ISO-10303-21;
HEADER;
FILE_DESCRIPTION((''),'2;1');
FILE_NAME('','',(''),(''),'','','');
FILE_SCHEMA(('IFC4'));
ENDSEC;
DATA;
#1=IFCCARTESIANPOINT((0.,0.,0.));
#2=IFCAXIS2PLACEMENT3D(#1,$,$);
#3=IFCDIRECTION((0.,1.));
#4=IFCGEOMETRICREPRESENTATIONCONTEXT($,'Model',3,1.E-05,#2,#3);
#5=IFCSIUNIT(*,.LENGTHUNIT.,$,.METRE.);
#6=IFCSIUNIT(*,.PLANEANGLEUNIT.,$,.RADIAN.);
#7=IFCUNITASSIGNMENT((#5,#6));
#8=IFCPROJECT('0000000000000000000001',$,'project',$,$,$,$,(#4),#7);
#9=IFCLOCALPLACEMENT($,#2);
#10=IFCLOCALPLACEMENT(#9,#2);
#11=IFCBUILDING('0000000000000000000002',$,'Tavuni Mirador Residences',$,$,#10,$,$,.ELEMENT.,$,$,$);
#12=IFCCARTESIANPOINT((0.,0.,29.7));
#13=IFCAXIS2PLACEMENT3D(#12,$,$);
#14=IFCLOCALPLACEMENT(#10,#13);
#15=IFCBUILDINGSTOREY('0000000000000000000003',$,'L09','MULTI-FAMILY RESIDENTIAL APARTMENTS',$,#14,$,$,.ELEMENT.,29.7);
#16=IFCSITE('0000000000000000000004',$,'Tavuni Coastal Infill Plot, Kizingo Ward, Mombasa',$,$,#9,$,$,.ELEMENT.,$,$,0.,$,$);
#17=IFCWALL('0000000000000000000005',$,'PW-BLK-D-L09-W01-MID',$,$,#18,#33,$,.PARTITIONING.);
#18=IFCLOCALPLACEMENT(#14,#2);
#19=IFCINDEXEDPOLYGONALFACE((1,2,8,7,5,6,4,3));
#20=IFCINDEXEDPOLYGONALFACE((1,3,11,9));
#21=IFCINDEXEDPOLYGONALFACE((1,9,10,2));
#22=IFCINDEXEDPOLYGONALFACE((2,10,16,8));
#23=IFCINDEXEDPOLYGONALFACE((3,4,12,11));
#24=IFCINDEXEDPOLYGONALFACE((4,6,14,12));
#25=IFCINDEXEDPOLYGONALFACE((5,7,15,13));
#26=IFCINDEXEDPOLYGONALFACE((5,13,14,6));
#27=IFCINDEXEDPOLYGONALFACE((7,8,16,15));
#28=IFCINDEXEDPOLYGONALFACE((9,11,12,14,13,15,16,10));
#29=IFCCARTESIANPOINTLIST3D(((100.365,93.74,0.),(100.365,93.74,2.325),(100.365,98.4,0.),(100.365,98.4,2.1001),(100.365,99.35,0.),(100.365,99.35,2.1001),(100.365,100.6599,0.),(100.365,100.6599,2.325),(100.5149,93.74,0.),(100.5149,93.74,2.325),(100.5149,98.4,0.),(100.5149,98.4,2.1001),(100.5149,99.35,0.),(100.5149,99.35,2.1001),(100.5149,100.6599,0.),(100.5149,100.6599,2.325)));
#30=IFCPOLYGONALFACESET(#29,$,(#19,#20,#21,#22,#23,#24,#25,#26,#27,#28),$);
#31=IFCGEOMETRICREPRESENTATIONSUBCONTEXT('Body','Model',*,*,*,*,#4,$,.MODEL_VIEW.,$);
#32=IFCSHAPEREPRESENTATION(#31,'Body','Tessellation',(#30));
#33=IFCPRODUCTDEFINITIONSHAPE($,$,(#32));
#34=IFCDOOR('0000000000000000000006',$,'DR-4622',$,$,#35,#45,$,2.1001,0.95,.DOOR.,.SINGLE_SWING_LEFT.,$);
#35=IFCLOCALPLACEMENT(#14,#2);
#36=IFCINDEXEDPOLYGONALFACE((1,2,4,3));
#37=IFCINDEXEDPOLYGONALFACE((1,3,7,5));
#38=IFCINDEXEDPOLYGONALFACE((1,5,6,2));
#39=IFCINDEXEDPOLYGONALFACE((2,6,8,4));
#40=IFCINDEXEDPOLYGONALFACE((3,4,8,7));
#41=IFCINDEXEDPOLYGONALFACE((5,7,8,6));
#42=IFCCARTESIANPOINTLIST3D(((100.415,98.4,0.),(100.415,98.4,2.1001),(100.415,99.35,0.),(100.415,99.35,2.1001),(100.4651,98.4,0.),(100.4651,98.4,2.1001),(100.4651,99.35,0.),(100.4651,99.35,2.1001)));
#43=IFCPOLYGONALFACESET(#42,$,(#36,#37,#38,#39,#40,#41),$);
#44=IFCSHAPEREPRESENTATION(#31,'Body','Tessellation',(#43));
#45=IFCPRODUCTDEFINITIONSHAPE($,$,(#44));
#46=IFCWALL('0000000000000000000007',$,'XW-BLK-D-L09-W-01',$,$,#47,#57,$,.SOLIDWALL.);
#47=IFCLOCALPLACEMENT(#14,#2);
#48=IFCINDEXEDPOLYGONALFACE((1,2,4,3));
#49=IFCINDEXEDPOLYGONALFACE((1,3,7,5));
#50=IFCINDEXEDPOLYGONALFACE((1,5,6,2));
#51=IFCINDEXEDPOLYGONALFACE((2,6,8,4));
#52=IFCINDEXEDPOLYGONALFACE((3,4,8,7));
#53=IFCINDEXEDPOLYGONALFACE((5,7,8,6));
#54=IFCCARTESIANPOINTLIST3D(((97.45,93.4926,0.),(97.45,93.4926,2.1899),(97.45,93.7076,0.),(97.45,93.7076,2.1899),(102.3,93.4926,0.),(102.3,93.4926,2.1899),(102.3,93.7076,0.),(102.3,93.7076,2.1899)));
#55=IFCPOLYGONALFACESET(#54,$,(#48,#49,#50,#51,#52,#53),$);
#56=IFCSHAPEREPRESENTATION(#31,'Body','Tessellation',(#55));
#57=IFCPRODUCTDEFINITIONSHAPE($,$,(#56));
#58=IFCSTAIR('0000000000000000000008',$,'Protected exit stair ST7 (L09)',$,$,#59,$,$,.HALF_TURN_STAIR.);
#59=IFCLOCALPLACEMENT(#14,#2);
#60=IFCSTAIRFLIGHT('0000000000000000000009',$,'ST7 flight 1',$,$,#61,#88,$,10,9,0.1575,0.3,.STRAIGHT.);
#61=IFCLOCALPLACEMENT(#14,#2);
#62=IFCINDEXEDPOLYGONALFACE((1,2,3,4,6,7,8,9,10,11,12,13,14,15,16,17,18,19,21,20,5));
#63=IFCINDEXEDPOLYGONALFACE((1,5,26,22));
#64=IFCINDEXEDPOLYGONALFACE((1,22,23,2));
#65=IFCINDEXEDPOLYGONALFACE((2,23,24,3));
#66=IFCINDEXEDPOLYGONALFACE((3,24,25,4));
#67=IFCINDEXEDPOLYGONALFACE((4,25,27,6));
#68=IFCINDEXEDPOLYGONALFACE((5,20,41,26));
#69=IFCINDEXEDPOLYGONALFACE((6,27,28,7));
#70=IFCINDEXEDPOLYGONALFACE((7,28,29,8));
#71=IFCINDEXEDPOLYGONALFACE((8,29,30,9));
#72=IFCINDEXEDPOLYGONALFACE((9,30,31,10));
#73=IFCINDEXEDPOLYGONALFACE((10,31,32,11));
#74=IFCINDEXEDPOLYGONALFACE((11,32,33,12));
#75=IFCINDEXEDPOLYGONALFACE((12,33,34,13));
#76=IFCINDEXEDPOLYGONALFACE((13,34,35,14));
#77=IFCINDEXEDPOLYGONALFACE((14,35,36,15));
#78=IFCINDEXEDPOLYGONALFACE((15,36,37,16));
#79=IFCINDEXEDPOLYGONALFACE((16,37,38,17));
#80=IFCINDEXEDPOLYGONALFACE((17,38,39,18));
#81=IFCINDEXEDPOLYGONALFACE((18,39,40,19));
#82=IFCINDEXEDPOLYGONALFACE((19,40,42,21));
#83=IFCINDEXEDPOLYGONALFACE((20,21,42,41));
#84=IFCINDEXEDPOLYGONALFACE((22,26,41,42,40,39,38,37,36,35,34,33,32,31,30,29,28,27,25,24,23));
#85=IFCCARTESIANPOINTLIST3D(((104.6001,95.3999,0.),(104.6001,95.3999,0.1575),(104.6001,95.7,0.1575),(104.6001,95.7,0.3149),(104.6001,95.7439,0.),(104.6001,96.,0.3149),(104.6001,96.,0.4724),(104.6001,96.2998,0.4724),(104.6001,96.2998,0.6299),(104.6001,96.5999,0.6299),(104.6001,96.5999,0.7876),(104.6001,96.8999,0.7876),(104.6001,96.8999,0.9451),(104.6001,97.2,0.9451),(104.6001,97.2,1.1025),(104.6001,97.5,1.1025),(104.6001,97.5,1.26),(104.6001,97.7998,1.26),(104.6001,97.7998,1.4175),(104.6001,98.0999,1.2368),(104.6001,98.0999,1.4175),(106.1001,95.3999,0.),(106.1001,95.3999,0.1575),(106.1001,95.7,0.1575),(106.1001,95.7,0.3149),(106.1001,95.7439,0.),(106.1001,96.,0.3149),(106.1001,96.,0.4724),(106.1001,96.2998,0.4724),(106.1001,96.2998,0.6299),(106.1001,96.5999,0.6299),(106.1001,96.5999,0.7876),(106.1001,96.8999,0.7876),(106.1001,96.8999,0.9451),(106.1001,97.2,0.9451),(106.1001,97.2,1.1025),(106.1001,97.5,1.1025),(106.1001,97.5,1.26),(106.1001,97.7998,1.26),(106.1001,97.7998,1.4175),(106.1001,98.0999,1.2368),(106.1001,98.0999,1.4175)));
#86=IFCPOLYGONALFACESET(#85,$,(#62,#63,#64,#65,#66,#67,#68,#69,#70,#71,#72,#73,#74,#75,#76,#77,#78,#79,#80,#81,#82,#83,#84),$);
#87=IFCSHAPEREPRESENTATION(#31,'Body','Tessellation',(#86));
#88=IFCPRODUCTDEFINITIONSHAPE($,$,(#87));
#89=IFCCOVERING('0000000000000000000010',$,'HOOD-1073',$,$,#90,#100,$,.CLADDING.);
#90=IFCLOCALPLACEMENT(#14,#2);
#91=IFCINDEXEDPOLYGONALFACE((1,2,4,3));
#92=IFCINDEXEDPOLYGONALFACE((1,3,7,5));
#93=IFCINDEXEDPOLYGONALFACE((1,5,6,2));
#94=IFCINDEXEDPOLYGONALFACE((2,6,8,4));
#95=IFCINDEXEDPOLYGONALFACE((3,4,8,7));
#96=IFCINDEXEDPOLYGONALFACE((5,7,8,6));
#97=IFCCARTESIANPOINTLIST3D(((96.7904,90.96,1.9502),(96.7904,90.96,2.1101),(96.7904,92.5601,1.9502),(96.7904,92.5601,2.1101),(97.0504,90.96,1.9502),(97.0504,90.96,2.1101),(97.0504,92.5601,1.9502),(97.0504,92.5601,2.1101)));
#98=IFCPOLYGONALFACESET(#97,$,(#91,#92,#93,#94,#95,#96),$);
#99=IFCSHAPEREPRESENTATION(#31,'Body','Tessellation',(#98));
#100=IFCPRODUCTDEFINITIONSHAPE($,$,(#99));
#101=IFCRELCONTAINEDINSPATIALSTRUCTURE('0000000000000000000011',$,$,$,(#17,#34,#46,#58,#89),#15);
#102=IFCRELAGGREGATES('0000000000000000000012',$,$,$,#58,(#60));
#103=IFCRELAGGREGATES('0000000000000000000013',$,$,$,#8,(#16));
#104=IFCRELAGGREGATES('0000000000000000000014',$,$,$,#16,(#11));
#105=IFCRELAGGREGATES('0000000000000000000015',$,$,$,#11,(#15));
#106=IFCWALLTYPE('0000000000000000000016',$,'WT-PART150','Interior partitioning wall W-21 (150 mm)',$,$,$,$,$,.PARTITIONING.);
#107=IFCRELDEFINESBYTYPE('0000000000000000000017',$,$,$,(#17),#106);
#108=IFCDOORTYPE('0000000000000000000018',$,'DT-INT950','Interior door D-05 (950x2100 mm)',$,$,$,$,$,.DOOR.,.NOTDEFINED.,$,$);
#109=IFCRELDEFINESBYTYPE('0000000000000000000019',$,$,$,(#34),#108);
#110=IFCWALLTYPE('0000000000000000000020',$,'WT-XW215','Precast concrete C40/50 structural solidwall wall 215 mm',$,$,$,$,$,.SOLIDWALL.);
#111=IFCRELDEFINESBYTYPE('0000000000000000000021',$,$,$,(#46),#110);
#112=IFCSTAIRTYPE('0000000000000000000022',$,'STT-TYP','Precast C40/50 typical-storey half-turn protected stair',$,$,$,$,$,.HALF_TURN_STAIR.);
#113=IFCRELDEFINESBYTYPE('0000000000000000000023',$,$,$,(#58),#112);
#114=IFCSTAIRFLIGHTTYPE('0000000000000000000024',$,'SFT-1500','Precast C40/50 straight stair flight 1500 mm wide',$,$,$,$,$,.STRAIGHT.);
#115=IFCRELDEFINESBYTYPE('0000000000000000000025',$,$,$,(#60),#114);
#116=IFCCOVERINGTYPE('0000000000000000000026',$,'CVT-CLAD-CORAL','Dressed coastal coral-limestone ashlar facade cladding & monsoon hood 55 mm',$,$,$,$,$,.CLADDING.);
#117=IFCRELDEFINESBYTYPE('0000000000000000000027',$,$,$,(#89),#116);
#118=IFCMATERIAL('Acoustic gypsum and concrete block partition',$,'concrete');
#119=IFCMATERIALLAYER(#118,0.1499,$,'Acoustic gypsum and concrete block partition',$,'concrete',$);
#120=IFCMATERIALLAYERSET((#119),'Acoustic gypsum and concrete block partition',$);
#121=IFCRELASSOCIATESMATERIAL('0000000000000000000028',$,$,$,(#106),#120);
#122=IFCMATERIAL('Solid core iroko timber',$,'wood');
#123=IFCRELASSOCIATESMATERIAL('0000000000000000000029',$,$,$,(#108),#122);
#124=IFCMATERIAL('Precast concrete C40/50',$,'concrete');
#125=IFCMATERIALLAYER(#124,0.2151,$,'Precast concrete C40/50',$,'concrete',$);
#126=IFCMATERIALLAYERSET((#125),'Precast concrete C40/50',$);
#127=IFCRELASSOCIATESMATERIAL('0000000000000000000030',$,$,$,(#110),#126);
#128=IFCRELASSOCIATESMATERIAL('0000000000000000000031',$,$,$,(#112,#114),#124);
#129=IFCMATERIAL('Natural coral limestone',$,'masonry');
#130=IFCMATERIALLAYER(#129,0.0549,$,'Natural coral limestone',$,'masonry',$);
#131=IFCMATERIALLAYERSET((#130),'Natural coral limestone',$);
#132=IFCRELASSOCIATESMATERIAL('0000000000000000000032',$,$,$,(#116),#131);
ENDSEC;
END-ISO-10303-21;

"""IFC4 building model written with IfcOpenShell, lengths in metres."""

from ifc_helpers import new_model, si_unit, direction, frame, frame_2d, origin, origin_2d, place, context, subcontext, project, spatial, polyline, rectangle, outline, extrude, material, layer, layer_set, type_object, element, fill, aggregate, save


model = new_model("IFC4")

# Units and contexts
model_context = context("Model", 3, precision=1e-05, world=origin(), true_north=direction((0.0, 1.0)))
body_context = subcontext(model_context, "Body", "Model", "MODEL_VIEW")
ifc_project = project(units=[si_unit("LENGTHUNIT", "METRE"), si_unit("PLANEANGLEUNIT", "RADIAN")], contexts=[model_context])

# Site, building, storey
site_placement = place(None, origin())
site = spatial("IfcSite", under=ifc_project, at=site_placement, Name="Tavuni Coastal Infill Plot, Kizingo Ward, Mombasa", CompositionType="ELEMENT", RefElevation=0.0)
building_placement = place(site_placement, origin())
building = spatial("IfcBuilding", under=site, at=building_placement, Name="Tavuni Mirador Residences", CompositionType="ELEMENT")
storey_placement = place(building_placement, frame((0.0, 0.0, 29.7)))
storey = spatial("IfcBuildingStorey", under=building, at=storey_placement, Name="L09", Description="MULTI-FAMILY RESIDENTIAL APARTMENTS", CompositionType="ELEMENT", Elevation=29.7)

# Shared definitions
ifc_material_1 = material(Name="Precast concrete C40/50", Category="concrete")

# Shared definitions
ifc_material_2 = material(Name="Solid core iroko timber", Category="wood")

# Wall, opening, door
ifc_material_3 = material(Name="Acoustic gypsum and concrete block partition", Category="concrete")
ifc_layer_1 = layer(ifc_material_3, 0.1499, Name="Acoustic gypsum and concrete block partition", Category="concrete")
ifc_layer_set_1 = layer_set([ifc_layer_1], Name="Acoustic gypsum and concrete block partition")
wall_type_1 = type_object("IfcWallType", Name="WT-PART150", Description="Interior partitioning wall W-21 (150 mm)", PredefinedType="PARTITIONING", material=ifc_layer_set_1)
wall_1_placement = place(storey_placement, frame((100.4399, 93.74, 0.0), z_axis=(0.0, 0.0, 1.0), x_axis=(0.0, 1.0, 0.0)))
wall_1 = element("IfcWall", 1, at=wall_1_placement, inside=storey, type_object=wall_type_1, Name="PW-BLK-D-L09-W01-MID", PredefinedType="PARTITIONING", context=body_context, shape_type="SweptSolid", body=[
    extrude(rectangle(XDim=6.9199, YDim=0.1499, at=frame_2d((3.46, 0.0))), origin(), (0.0, 0.0, 1.0), 2.325),
])
opening_1_placement = place(wall_1_placement, frame((4.6599, 0.0, 0.0)))
opening_1 = element("IfcOpeningElement", 2, at=opening_1_placement, cuts=wall_1, PredefinedType="OPENING", context=body_context, shape_type="SweptSolid", body=[
    extrude(rectangle(XDim=0.95, YDim=2.1001, at=frame_2d((0.4751, 1.05))), frame((0.0, 0.085, 0.0), z_axis=(0.0, -1.0, 0.0), x_axis=(1.0, 0.0, 0.0)), (0.0, 0.0, 1.0), 0.1699),
])
door_type_1 = type_object("IfcDoorType", Name="DT-INT950", Description="Interior door D-05 (950x2100 mm)", OperationType="NOTDEFINED", PredefinedType="DOOR", material=ifc_material_2)
door_1_placement = place(opening_1_placement, origin())
door_1 = element("IfcDoor", 3, at=door_1_placement, inside=storey, type_object=door_type_1, Name="DR-4622", OperationType="SINGLE_SWING_LEFT", OverallHeight=2.1001, OverallWidth=0.95, PredefinedType="DOOR", context=body_context, shape_type="SweptSolid", body=[
    extrude(rectangle(XDim=0.95, YDim=2.1001, at=frame_2d((0.4751, 1.05))), frame((0.0, 0.0249, 0.0), z_axis=(0.0, -1.0, 0.0), x_axis=(1.0, 0.0, 0.0)), (0.0, 0.0, 1.0), 0.05),
])
fill(opening_1, door_1)

# Wall
ifc_layer_2 = layer(ifc_material_1, 0.2151, Name="Precast concrete C40/50", Category="concrete")
ifc_layer_set_2 = layer_set([ifc_layer_2], Name="Precast concrete C40/50")
wall_type_2 = type_object("IfcWallType", Name="WT-XW215", Description="Precast concrete C40/50 structural solidwall wall 215 mm", PredefinedType="SOLIDWALL", material=ifc_layer_set_2)
wall_2_placement = place(storey_placement, frame((97.45, 93.6001, 0.0), z_axis=(0.0, 0.0, 1.0), x_axis=(1.0, 0.0, 0.0)))
element("IfcWall", 4, at=wall_2_placement, inside=storey, type_object=wall_type_2, Name="XW-BLK-D-L09-W-01", PredefinedType="SOLIDWALL", context=body_context, shape_type="SweptSolid", body=[
    extrude(rectangle(XDim=4.8501, YDim=0.2151, at=frame_2d((2.425, 0.0))), origin(), (0.0, 0.0, 1.0), 2.1899),
])

# Stair, stair flight
stair_type = type_object("IfcStairType", Name="STT-TYP", Description="Precast C40/50 typical-storey half-turn protected stair", PredefinedType="HALF_TURN_STAIR", material=ifc_material_1)
stair_placement = place(storey_placement, origin())
stair = element("IfcStair", 5, at=stair_placement, inside=storey, type_object=stair_type, Name="Protected exit stair ST7 (L09)", PredefinedType="HALF_TURN_STAIR")
stair_flight_type = type_object("IfcStairFlightType", Name="SFT-1500", Description="Precast C40/50 straight stair flight 1500 mm wide", PredefinedType="STRAIGHT", material=ifc_material_1)
stair_flight_placement = place(storey_placement, frame((105.3501, 95.3999, 0.0), z_axis=(0.0, 0.0, 1.0), x_axis=(0.0, 1.0, 0.0)))
stair_flight = element("IfcStairFlight", 6, at=stair_flight_placement, type_object=stair_flight_type, Name="ST7 flight 1", NumberOfRisers=10, NumberOfTreads=9, PredefinedType="STRAIGHT", RiserHeight=0.1575, TreadLength=0.3, context=body_context, shape_type="SweptSolid", body=[
    extrude(outline(polyline([(0.0, 0.0), (0.0, 0.1575), (0.3, 0.1575), (0.3, 0.3149), (0.6001, 0.3149), (0.6001, 0.4724), (0.8999, 0.4724), (0.8999, 0.6299), (1.2, 0.6299), (1.2, 0.7876), (1.5, 0.7876), (1.5, 0.9451), (1.8, 0.9451), (1.8, 1.1025), (2.1001, 1.1025), (2.1001, 1.26), (2.3999, 1.26), (2.3999, 1.4175), (2.7, 1.4175), (2.7, 1.575), (2.7, 1.2368), (0.344, 0.0), (0.0, 0.0)])), frame((0.0, 0.75, 0.0), z_axis=(0.0, -1.0, 0.0), x_axis=(1.0, 0.0, 0.0)), (0.0, 0.0, 1.0), 1.5),
])
aggregate(stair, [stair_flight])

# Covering
ifc_material_4 = material(Name="Natural coral limestone", Category="masonry")
ifc_layer_3 = layer(ifc_material_4, 0.0549, Name="Natural coral limestone", Category="masonry")
ifc_layer_set_3 = layer_set([ifc_layer_3], Name="Natural coral limestone")
covering_type = type_object("IfcCoveringType", Name="CVT-CLAD-CORAL", Description="Dressed coastal coral-limestone ashlar facade cladding & monsoon hood 55 mm", PredefinedType="CLADDING", material=ifc_layer_set_3)
covering_placement = place(storey_placement, frame((96.9204, 91.76, 1.9502), z_axis=(0.0, 0.0, 1.0), x_axis=(0.0, -1.0, 0.0)))
element("IfcCovering", 7, at=covering_placement, inside=storey, type_object=covering_type, Name="HOOD-1073", PredefinedType="CLADDING", context=body_context, shape_type="SweptSolid", body=[
    extrude(rectangle(XDim=1.6001, YDim=0.26, at=origin_2d()), origin(), (0.0, 0.0, 1.0), 0.1599),
])

save(model, "model.ifc")
